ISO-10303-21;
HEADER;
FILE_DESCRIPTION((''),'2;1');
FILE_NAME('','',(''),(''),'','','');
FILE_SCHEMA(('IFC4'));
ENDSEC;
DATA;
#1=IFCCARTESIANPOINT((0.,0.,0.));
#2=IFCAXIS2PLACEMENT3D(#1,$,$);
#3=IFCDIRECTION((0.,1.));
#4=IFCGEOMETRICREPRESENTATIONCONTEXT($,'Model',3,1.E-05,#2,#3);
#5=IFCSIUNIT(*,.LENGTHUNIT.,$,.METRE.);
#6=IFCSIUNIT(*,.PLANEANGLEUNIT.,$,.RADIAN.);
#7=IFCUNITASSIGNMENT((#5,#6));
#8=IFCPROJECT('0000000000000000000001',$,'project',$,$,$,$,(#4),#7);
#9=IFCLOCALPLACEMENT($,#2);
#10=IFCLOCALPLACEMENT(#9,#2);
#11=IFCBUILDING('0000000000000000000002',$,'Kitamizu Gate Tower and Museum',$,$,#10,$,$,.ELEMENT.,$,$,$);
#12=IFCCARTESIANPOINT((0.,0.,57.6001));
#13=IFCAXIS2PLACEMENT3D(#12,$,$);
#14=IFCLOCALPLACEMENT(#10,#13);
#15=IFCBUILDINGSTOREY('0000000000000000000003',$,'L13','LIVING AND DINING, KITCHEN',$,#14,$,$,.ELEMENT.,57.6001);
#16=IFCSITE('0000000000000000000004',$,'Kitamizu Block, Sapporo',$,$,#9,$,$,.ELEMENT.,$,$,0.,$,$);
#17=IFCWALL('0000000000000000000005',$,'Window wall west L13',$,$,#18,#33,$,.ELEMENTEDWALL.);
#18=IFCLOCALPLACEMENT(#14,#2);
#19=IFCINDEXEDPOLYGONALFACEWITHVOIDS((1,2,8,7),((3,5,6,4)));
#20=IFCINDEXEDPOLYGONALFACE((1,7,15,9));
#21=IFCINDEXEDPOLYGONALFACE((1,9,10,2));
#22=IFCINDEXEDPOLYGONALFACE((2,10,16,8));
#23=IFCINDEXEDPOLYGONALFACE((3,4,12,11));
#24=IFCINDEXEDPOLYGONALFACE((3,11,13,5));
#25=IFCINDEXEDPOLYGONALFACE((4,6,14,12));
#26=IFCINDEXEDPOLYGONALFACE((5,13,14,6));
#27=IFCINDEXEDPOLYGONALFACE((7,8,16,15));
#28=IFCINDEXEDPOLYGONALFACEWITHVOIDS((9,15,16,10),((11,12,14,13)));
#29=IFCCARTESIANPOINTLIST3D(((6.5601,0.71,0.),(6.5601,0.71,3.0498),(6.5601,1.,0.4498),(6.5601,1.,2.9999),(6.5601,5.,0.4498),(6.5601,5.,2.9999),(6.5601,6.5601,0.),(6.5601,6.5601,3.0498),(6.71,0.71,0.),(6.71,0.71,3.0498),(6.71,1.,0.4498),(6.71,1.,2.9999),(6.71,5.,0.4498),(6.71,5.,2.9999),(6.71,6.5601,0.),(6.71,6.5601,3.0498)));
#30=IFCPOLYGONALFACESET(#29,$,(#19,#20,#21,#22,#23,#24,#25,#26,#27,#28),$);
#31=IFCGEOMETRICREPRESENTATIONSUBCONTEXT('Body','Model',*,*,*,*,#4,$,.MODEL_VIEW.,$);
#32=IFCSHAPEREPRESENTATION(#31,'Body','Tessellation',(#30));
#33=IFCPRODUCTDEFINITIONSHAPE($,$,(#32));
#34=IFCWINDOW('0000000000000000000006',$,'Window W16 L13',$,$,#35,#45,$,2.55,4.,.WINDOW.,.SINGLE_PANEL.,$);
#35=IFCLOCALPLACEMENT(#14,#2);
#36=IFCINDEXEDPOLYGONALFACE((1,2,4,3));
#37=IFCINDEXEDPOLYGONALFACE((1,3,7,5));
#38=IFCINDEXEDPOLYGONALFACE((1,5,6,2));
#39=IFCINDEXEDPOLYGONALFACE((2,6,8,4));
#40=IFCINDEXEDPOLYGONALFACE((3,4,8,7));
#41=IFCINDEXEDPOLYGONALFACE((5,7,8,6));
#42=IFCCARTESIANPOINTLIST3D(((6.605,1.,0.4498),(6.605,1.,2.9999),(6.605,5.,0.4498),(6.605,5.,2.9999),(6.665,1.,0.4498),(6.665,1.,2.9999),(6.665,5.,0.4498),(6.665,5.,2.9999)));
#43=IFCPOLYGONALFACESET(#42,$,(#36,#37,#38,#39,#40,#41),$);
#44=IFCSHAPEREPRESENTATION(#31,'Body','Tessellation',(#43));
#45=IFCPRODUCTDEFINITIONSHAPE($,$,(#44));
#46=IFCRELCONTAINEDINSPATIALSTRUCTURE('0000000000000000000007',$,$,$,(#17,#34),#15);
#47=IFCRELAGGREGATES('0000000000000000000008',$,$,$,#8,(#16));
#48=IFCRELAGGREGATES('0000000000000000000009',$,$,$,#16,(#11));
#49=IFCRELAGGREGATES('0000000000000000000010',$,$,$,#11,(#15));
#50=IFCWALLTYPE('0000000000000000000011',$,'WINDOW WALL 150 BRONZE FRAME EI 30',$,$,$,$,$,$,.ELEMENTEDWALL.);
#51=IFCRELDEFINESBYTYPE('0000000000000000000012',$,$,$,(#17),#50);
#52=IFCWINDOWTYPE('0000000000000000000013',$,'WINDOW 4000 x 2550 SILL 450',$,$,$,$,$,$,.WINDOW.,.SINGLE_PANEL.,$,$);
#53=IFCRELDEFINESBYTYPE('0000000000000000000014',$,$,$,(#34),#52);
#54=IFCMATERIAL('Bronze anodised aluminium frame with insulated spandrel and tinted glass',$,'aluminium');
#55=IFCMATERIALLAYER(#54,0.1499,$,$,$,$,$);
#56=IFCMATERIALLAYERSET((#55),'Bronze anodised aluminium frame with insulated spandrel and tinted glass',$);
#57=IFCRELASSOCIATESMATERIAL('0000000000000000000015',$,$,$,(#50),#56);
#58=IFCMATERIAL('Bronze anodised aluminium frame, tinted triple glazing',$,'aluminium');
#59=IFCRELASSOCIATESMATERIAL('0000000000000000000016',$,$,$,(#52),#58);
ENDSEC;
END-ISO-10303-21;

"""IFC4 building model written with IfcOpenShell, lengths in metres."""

from ifc_helpers import new_model, si_unit, direction, frame, frame_2d, origin, place, context, subcontext, project, spatial, rectangle, extrude, material, layer, layer_set, type_object, element, fill, save


model = new_model("IFC4")

# Units and contexts
model_context = context("Model", 3, precision=1e-05, world=origin(), true_north=direction((0.0, 1.0)))
body_context = subcontext(model_context, "Body", "Model", "MODEL_VIEW")
ifc_project = project(units=[si_unit("LENGTHUNIT", "METRE"), si_unit("PLANEANGLEUNIT", "RADIAN")], contexts=[model_context])

# Site, building, storey
site_placement = place(None, origin())
site = spatial("IfcSite", under=ifc_project, at=site_placement, Name="Kitamizu Block, Sapporo", CompositionType="ELEMENT", RefElevation=0.0)
building_placement = place(site_placement, origin())
building = spatial("IfcBuilding", under=site, at=building_placement, Name="Kitamizu Gate Tower and Museum", CompositionType="ELEMENT")
storey_placement = place(building_placement, frame((0.0, 0.0, 57.6001)))
storey = spatial("IfcBuildingStorey", under=building, at=storey_placement, Name="L13", Description="LIVING AND DINING, KITCHEN", CompositionType="ELEMENT", Elevation=57.6001)

# Shared definitions
ifc_material_1 = material(Name="Bronze anodised aluminium frame with insulated spandrel and tinted glass", Category="aluminium")
ifc_layer_1 = layer(ifc_material_1, 0.1499)
ifc_layer_set_1 = layer_set([ifc_layer_1], Name="Bronze anodised aluminium frame with insulated spandrel and tinted glass")
wall_type_1 = type_object("IfcWallType", Name="WINDOW WALL 150 BRONZE FRAME EI 30", PredefinedType="ELEMENTEDWALL", material=ifc_layer_set_1)

# Wall, opening, window
wall_1_placement = place(storey_placement, frame((6.635, 0.71, 0.0), z_axis=(0.0, 0.0, 1.0), x_axis=(0.0, 1.0, 0.0)))
wall_1 = element("IfcWall", 1, at=wall_1_placement, inside=storey, type_object=wall_type_1, Name="Window wall west L13", PredefinedType="ELEMENTEDWALL", context=body_context, shape_type="SweptSolid", body=[
    extrude(rectangle(XDim=5.8501, YDim=0.1499, at=frame_2d((2.925, 0.0))), origin(), (0.0, 0.0, 1.0), 3.0498),
])
opening_1_placement = place(wall_1_placement, frame((0.29, 0.0, 0.45)))
opening_1 = element("IfcOpeningElement", 2, at=opening_1_placement, cuts=wall_1, PredefinedType="OPENING", context=body_context, shape_type="SweptSolid", body=[
    extrude(rectangle(XDim=4.0, YDim=2.55, at=frame_2d((2.0, 1.2749))), frame((0.0, 0.085, 0.0), z_axis=(0.0, -1.0, 0.0), x_axis=(1.0, 0.0, 0.0)), (0.0, 0.0, 1.0), 0.1699),
])
ifc_material_2 = material(Name="Bronze anodised aluminium frame, tinted triple glazing", Category="aluminium")
window_type_1 = type_object("IfcWindowType", Name="WINDOW 4000 x 2550 SILL 450", PartitioningType="SINGLE_PANEL", PredefinedType="WINDOW", material=ifc_material_2)
window_1_placement = place(opening_1_placement, origin())
window_1 = element("IfcWindow", 3, at=window_1_placement, inside=storey, type_object=window_type_1, Name="Window W16 L13", OverallHeight=2.55, OverallWidth=4.0, PartitioningType="SINGLE_PANEL", PredefinedType="WINDOW", context=body_context, shape_type="SweptSolid", body=[
    extrude(rectangle(XDim=4.0, YDim=2.55, at=frame_2d((2.0, 1.2749))), frame((0.0, 0.03, 0.0), z_axis=(0.0, -1.0, 0.0), x_axis=(1.0, 0.0, 0.0)), (0.0, 0.0, 1.0), 0.0601),
])
fill(opening_1, window_1)

save(model, "model.ifc")
